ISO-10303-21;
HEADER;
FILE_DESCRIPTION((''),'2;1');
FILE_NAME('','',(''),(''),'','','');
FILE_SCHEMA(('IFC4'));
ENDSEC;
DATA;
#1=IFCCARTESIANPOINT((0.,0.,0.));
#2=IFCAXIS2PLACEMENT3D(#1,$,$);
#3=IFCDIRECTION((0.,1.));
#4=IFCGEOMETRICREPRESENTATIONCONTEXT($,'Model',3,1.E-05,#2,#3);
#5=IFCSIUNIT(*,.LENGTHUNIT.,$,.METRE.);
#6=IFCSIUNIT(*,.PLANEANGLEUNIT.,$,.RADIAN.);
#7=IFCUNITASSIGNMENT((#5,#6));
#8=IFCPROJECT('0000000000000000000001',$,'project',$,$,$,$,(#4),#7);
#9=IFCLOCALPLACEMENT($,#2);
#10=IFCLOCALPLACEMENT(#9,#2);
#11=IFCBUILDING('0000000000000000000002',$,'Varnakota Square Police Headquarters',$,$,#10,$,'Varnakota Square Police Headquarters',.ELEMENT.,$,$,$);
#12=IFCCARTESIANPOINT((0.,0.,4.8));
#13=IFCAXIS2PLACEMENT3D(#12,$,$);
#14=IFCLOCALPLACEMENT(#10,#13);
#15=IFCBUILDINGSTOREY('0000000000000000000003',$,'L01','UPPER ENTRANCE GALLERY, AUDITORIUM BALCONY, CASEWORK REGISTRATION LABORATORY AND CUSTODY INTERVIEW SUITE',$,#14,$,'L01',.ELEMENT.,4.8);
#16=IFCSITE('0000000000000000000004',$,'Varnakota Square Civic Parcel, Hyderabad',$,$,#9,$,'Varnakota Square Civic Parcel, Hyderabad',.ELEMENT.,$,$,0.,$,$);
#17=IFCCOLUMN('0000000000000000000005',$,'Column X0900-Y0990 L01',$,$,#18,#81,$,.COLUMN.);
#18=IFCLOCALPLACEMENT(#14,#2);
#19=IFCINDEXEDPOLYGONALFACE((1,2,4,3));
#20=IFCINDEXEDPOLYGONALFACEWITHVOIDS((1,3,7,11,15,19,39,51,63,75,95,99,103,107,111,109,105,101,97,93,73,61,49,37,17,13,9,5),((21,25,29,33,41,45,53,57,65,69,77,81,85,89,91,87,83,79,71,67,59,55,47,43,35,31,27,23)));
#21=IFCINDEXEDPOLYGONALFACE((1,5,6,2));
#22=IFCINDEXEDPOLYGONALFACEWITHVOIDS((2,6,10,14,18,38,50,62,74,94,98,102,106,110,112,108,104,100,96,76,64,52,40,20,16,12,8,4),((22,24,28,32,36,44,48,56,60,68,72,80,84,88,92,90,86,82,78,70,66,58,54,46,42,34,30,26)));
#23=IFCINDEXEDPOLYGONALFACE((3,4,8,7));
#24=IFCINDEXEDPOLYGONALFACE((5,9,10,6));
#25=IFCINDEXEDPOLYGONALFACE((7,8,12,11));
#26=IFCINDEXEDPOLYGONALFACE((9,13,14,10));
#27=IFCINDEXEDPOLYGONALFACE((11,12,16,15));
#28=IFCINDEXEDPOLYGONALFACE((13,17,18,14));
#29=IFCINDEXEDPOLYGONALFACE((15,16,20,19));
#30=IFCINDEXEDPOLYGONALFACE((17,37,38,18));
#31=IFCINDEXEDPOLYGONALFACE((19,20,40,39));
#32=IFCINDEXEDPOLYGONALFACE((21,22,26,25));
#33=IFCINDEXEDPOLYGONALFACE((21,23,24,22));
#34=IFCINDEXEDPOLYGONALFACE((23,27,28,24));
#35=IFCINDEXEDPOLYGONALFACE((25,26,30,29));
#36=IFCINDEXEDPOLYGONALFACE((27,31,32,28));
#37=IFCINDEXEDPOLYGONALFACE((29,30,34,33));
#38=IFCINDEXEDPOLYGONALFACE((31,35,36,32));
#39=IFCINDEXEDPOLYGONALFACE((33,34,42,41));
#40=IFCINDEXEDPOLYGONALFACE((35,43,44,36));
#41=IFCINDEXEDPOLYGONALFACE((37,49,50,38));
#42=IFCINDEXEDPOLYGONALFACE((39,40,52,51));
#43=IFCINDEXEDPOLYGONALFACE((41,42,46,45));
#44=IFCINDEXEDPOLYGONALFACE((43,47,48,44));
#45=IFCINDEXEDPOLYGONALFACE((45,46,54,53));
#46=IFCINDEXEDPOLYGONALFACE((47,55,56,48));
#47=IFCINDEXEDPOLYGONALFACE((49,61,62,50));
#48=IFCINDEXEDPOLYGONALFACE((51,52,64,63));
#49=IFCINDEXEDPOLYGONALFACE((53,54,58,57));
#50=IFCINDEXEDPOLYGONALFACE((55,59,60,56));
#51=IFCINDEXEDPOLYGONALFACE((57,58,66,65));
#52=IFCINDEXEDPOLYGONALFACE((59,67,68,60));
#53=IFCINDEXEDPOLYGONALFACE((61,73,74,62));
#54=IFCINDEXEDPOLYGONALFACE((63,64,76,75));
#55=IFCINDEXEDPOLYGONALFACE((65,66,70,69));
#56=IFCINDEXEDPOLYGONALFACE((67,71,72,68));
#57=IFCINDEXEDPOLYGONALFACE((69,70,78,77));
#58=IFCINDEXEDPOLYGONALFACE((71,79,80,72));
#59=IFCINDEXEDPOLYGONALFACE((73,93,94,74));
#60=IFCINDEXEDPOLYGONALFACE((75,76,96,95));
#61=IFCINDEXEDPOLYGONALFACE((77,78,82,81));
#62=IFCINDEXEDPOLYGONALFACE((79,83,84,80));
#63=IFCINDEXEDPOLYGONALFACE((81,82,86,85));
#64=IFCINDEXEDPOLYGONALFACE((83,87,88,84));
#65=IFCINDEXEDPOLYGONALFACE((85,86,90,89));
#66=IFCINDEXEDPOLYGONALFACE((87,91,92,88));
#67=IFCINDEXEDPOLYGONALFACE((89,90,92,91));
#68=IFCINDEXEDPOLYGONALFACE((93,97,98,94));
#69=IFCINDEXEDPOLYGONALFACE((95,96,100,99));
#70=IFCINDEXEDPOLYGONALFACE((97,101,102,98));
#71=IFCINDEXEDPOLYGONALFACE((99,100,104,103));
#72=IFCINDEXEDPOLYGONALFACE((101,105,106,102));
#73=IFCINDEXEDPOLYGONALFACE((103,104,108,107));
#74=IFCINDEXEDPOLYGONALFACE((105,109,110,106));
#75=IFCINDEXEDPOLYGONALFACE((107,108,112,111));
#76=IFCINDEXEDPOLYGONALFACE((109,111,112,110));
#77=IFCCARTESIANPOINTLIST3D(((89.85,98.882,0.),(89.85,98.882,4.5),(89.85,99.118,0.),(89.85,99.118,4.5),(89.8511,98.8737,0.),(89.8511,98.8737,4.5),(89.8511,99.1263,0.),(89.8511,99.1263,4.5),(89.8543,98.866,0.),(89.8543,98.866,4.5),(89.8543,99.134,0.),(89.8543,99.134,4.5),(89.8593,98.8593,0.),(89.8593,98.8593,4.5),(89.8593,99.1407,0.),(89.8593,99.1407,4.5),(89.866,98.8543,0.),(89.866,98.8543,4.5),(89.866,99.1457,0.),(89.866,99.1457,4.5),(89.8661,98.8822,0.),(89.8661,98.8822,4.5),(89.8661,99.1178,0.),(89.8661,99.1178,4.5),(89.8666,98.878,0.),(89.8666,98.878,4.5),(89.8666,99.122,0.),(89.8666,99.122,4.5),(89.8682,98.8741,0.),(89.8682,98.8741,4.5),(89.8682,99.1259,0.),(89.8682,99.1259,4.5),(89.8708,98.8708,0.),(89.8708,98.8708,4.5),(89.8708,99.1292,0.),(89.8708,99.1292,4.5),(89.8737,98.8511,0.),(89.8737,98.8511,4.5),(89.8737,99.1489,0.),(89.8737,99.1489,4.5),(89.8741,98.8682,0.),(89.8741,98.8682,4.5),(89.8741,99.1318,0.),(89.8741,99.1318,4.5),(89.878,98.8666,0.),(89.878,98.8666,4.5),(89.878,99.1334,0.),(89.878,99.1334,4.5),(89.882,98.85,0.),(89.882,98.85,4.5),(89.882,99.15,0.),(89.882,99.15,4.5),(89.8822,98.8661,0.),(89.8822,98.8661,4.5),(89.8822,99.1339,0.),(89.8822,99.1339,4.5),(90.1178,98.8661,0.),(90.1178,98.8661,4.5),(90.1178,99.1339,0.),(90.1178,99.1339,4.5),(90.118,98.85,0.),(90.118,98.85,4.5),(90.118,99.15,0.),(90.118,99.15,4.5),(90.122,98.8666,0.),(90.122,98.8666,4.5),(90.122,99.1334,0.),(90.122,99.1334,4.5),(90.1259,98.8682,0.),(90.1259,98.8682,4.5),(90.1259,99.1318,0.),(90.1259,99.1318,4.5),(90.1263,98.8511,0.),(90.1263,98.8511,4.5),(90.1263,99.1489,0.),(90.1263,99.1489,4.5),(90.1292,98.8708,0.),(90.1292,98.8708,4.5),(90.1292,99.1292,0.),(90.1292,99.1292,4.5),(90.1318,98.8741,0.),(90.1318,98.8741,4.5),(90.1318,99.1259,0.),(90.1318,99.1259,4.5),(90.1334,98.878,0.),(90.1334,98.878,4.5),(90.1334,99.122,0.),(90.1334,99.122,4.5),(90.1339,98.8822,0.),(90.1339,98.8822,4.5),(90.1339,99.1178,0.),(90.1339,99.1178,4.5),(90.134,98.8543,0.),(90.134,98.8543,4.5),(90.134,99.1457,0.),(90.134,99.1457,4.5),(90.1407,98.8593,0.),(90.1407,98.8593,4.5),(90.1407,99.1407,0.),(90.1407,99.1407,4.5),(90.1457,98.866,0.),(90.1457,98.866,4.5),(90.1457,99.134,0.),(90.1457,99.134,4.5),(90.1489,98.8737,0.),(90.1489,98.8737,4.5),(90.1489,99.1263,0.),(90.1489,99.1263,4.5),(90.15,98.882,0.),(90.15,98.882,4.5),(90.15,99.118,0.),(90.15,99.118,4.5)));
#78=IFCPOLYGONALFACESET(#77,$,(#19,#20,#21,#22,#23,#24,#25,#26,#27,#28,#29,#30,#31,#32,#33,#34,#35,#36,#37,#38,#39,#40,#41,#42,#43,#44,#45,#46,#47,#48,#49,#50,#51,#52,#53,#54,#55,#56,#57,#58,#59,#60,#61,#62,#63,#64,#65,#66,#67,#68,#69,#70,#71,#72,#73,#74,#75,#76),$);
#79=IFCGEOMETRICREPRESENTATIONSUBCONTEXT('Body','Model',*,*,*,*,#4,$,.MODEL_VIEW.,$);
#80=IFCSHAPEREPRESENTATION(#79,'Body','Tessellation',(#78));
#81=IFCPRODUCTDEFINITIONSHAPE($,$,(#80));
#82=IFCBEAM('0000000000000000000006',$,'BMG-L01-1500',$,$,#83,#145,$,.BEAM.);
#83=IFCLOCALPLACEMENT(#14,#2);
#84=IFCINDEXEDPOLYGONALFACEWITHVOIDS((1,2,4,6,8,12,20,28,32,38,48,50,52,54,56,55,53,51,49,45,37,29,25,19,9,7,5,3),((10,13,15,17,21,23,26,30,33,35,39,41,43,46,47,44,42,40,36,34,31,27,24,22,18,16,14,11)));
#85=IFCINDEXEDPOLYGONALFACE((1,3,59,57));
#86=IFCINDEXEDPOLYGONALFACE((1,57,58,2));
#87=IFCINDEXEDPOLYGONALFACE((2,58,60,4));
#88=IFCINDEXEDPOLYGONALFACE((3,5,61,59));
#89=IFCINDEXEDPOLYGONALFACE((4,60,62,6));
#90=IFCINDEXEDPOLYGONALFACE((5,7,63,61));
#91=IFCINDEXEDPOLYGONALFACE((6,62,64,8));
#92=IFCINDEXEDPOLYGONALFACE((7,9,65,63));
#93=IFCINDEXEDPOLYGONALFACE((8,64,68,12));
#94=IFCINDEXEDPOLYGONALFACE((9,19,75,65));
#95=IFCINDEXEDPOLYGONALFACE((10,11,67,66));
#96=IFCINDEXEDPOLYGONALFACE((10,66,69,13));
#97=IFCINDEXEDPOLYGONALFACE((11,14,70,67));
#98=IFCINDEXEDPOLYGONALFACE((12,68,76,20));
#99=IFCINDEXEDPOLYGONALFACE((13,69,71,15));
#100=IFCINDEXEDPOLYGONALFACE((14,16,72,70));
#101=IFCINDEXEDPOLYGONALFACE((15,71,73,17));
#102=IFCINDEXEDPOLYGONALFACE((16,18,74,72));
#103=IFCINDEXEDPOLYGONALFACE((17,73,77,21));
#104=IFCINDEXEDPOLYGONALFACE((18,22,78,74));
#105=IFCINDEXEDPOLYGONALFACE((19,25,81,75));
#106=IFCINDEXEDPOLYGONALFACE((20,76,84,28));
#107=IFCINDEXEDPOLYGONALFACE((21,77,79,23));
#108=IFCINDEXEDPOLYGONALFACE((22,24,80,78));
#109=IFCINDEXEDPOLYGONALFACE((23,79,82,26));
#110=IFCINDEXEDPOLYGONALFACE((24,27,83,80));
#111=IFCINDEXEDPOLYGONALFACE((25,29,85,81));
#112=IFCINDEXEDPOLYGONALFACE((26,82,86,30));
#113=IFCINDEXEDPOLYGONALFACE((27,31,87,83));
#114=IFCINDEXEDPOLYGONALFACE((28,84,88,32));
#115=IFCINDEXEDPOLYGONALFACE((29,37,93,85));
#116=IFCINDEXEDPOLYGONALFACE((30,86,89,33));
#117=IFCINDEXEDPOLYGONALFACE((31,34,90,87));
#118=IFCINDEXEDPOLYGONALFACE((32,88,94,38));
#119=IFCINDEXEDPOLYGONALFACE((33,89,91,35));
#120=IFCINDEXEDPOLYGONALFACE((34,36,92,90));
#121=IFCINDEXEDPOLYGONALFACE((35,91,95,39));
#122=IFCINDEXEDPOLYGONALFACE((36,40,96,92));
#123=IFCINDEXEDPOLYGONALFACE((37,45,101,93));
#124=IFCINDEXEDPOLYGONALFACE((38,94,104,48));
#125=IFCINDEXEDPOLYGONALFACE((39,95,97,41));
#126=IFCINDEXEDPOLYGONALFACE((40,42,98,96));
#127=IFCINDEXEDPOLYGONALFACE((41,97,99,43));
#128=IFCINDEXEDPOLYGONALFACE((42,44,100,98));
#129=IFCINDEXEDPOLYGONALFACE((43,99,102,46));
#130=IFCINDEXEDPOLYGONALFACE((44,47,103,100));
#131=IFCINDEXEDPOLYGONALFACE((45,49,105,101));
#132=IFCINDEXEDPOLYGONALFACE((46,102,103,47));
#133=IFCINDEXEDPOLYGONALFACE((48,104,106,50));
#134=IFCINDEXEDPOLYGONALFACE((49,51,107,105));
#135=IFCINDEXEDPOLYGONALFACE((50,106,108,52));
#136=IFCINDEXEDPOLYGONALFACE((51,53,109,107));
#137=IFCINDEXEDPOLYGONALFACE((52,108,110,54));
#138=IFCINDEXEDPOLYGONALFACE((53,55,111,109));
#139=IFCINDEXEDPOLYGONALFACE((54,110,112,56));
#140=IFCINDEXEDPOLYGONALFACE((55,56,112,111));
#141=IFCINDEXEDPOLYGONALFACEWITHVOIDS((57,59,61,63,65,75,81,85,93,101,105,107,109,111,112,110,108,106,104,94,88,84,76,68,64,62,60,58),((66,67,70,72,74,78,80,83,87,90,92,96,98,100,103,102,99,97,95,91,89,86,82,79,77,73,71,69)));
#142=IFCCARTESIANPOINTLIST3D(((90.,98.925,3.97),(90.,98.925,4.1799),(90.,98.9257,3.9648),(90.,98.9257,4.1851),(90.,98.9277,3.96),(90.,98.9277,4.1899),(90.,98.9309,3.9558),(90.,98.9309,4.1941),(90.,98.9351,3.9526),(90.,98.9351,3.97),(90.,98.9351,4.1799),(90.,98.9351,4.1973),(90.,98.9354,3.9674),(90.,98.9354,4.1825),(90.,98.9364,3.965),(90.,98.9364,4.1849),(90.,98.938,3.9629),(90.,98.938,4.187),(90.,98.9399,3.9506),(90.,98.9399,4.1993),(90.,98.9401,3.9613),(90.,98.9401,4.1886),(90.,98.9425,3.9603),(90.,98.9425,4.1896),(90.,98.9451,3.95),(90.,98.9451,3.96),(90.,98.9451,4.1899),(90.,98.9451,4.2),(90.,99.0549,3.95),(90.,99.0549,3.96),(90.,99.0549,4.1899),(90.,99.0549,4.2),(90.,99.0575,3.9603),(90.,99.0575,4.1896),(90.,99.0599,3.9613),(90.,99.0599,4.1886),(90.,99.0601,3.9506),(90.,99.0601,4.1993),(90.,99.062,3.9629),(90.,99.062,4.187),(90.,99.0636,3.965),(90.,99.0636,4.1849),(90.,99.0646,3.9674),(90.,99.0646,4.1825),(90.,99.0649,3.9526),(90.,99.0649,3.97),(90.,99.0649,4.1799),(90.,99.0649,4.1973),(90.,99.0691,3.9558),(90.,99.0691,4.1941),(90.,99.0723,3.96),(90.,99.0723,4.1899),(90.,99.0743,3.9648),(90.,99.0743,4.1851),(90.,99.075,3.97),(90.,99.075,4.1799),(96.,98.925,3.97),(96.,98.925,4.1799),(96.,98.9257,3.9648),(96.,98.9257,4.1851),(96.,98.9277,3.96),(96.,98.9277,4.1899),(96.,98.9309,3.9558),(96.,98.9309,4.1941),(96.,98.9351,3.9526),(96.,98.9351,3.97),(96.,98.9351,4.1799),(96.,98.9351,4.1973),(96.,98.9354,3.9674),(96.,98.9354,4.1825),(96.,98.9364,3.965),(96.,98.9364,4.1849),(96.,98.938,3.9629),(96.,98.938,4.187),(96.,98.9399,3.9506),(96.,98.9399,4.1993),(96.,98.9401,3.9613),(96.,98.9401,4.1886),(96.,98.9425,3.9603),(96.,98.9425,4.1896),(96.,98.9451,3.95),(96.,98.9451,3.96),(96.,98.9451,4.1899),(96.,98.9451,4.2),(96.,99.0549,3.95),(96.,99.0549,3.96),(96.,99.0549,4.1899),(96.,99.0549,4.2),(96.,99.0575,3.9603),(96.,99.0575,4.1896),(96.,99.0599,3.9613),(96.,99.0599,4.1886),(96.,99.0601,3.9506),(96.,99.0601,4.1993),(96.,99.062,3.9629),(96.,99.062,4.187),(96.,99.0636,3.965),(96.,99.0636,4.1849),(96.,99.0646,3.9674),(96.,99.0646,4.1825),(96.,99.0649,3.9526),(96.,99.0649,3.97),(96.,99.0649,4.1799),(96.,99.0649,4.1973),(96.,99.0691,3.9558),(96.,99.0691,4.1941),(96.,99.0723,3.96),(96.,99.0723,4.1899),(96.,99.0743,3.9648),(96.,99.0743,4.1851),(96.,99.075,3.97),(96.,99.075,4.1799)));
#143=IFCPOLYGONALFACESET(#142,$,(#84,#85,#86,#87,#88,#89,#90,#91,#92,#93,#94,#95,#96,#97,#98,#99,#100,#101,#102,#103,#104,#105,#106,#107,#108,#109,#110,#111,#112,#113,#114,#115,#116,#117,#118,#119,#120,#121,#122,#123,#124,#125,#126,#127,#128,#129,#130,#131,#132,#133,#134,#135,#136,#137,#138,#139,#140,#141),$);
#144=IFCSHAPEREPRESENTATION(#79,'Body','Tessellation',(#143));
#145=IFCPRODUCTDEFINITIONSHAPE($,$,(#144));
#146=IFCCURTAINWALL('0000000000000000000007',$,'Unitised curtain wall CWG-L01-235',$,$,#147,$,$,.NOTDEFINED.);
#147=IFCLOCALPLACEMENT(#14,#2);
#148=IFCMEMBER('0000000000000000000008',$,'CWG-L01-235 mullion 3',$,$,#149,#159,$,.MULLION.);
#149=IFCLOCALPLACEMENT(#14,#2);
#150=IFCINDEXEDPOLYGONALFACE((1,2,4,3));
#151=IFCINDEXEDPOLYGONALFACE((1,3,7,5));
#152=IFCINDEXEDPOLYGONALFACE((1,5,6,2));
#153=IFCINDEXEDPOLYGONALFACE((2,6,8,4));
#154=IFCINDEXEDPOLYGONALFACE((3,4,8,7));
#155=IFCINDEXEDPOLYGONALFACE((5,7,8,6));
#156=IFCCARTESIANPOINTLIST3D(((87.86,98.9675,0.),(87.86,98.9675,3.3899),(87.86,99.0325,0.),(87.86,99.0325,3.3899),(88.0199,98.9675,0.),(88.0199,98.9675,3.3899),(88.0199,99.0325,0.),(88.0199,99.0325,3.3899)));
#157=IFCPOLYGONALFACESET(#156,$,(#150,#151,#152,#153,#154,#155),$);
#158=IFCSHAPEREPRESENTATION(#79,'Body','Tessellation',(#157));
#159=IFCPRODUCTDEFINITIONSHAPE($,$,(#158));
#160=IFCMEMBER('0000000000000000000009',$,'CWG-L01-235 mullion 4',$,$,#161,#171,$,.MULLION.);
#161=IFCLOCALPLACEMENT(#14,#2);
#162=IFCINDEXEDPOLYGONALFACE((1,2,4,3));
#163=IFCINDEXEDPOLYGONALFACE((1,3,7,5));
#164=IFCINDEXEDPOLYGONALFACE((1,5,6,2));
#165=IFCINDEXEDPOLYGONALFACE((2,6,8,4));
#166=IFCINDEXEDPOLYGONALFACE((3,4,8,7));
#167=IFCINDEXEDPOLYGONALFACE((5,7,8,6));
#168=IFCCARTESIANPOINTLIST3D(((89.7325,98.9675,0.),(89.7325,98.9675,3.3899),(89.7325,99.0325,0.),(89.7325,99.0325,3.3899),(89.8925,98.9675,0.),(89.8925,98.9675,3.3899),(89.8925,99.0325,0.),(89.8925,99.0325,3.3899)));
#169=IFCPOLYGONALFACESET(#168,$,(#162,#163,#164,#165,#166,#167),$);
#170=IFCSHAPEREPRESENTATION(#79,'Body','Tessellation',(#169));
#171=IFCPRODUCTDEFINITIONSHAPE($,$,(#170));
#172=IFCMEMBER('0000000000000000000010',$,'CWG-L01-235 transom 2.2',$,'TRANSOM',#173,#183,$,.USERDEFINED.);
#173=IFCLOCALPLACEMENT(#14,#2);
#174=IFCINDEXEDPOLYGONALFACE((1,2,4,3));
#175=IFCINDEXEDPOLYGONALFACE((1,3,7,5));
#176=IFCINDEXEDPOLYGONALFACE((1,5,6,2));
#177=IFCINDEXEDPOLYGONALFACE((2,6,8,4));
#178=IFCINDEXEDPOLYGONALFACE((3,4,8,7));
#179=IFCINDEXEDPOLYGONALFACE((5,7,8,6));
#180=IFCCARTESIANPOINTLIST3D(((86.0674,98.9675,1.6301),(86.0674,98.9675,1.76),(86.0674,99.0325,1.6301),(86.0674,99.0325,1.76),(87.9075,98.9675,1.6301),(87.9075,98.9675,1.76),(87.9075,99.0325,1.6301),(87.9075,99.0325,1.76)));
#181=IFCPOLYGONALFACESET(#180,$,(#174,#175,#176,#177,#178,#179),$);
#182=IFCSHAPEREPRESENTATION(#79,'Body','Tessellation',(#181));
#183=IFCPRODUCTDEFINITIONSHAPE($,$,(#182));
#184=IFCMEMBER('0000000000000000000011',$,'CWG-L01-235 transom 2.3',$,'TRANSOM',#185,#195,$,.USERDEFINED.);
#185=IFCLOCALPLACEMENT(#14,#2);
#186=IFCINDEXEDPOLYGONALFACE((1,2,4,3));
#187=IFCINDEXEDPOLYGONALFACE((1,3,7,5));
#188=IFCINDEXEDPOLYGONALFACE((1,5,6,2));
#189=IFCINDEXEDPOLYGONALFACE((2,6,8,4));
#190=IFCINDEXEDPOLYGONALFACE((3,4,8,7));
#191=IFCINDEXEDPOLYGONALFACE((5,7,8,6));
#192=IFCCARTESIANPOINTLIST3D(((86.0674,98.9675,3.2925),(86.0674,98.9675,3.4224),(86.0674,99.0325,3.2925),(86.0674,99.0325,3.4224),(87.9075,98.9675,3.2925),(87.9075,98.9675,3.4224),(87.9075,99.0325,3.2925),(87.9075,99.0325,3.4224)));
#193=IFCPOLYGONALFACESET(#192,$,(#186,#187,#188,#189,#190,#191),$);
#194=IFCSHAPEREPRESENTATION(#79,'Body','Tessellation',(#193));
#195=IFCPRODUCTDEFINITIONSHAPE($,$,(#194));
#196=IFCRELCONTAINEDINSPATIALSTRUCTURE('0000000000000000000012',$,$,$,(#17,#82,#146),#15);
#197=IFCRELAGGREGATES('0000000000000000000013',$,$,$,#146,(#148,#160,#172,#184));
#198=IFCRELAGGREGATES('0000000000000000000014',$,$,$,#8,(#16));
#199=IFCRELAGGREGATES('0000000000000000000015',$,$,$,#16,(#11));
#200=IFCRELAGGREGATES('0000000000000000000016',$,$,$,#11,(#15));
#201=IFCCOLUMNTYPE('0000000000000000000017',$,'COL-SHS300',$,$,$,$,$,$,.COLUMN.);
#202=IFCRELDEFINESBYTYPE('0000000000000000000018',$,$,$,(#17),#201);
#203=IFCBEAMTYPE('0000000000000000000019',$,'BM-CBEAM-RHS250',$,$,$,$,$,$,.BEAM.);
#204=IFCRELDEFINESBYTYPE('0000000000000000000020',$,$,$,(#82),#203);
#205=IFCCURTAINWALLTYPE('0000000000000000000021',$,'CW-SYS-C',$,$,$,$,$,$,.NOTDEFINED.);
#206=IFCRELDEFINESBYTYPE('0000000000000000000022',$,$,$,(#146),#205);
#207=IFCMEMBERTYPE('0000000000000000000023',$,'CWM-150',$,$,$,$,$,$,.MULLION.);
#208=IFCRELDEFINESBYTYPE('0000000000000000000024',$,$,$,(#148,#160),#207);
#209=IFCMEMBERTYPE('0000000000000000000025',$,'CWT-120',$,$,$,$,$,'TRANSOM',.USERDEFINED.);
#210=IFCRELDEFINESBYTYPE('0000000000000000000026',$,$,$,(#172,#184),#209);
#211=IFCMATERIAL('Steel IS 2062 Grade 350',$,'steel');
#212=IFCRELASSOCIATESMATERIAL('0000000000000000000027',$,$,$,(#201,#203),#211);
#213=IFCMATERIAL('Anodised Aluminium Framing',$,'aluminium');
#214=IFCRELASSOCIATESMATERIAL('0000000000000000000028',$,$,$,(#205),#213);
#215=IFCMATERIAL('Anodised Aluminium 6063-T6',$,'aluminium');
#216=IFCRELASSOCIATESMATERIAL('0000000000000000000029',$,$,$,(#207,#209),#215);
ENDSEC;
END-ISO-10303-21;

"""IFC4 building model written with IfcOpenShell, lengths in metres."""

from ifc_helpers import new_model, si_unit, direction, frame, origin, origin_2d, place, context, subcontext, project, spatial, rectangle, hollow_rectangle, extrude, material, material_profile, profile_set, type_object, element, aggregate, save


model = new_model("IFC4")

# Units and contexts
model_context = context("Model", 3, precision=1e-05, world=origin(), true_north=direction((0.0, 1.0)))
body_context = subcontext(model_context, "Body", "Model", "MODEL_VIEW")
ifc_project = project(units=[si_unit("LENGTHUNIT", "METRE"), si_unit("PLANEANGLEUNIT", "RADIAN")], contexts=[model_context])

# Site, building, storey
site_placement = place(None, origin())
site = spatial("IfcSite", under=ifc_project, at=site_placement, Name="Varnakota Square Civic Parcel, Hyderabad", LongName="Varnakota Square Civic Parcel, Hyderabad", CompositionType="ELEMENT", RefElevation=0.0)
building_placement = place(site_placement, origin())
building = spatial("IfcBuilding", under=site, at=building_placement, Name="Varnakota Square Police Headquarters", LongName="Varnakota Square Police Headquarters", CompositionType="ELEMENT")
storey_placement = place(building_placement, frame((0.0, 0.0, 4.8)))
storey = spatial("IfcBuildingStorey", under=building, at=storey_placement, Name="L01", Description="UPPER ENTRANCE GALLERY, AUDITORIUM BALCONY, CASEWORK REGISTRATION LABORATORY AND CUSTODY INTERVIEW SUITE", LongName="L01", CompositionType="ELEMENT", Elevation=4.8)

# Column
ifc_material_1 = material(Name="Steel IS 2062 Grade 350", Category="steel")
ifc_material_profile_1 = material_profile(ifc_material_1, hollow_rectangle(XDim=0.3, YDim=0.3, WallThickness=0.0161, InnerFilletRadius=0.0161, OuterFilletRadius=0.032, at=origin_2d()), Name="SHS 300x300x16")
ifc_profile_set_1 = profile_set([ifc_material_profile_1], Name="Steel IS 2062 Grade 350")
column_type = type_object("IfcColumnType", Name="COL-SHS300", PredefinedType="COLUMN", material=ifc_profile_set_1)
column_placement = place(storey_placement, frame((90.0, 99.0, 0.0), z_axis=(0.0, 0.0, 1.0), x_axis=(1.0, 0.0, 0.0)))
element("IfcColumn", 1, at=column_placement, inside=storey, type_object=column_type, Name="Column X0900-Y0990 L01", PredefinedType="COLUMN", context=body_context, shape_type="SweptSolid", body=[
    extrude(hollow_rectangle(XDim=0.3, YDim=0.3, WallThickness=0.0161, InnerFilletRadius=0.0161, OuterFilletRadius=0.032, at=origin_2d()), origin(), (0.0, 0.0, 1.0), 4.5),
])

# Beam
ifc_material_profile_2 = material_profile(ifc_material_1, hollow_rectangle(XDim=0.1499, YDim=0.25, WallThickness=0.01, InnerFilletRadius=0.01, OuterFilletRadius=0.02, at=origin_2d()), Name="RHS 250x150x10")
ifc_profile_set_2 = profile_set([ifc_material_profile_2], Name="Steel IS 2062 Grade 350")
beam_type = type_object("IfcBeamType", Name="BM-CBEAM-RHS250", PredefinedType="BEAM", material=ifc_profile_set_2)
beam_placement = place(storey_placement, frame((90.0, 99.0, 4.075), z_axis=(1.0, 0.0, 0.0), x_axis=(0.0, 1.0, 0.0)))
element("IfcBeam", 2, at=beam_placement, inside=storey, type_object=beam_type, Name="BMG-L01-1500", PredefinedType="BEAM", context=body_context, shape_type="SweptSolid", body=[
    extrude(hollow_rectangle(XDim=0.1499, YDim=0.25, WallThickness=0.01, InnerFilletRadius=0.01, OuterFilletRadius=0.02, at=origin_2d()), origin(), (0.0, 0.0, 1.0), 6.0),
])

# Curtain wall, members
ifc_material_2 = material(Name="Anodised Aluminium Framing", Category="aluminium")
curtain_wall_type = type_object("IfcCurtainWallType", Name="CW-SYS-C", PredefinedType="NOTDEFINED", material=ifc_material_2)
curtain_wall_placement = place(storey_placement, origin())
curtain_wall = element("IfcCurtainWall", 3, at=curtain_wall_placement, inside=storey, type_object=curtain_wall_type, Name="Unitised curtain wall CWG-L01-235", PredefinedType="NOTDEFINED")
ifc_material_3 = material(Name="Anodised Aluminium 6063-T6", Category="aluminium")
ifc_material_profile_3 = material_profile(ifc_material_3, rectangle(XDim=0.0649, YDim=0.1599, at=origin_2d()), Name="ALU MULLION 65x160")
ifc_profile_set_3 = profile_set([ifc_material_profile_3], Name="Anodised Aluminium 6063-T6")
member_type_1 = type_object("IfcMemberType", Name="CWM-150", PredefinedType="MULLION", material=ifc_profile_set_3)
member_1_placement = place(storey_placement, frame((87.9399, 99.0, 0.0), z_axis=(0.0, 0.0, 1.0), x_axis=(0.0, 1.0, 0.0)))
member_1 = element("IfcMember", 4, at=member_1_placement, type_object=member_type_1, Name="CWG-L01-235 mullion 3", PredefinedType="MULLION", context=body_context, shape_type="SweptSolid", body=[
    extrude(rectangle(XDim=0.0649, YDim=0.1599, at=origin_2d()), origin(), (0.0, 0.0, 1.0), 3.3899),
])
member_2_placement = place(storey_placement, frame((89.8125, 99.0, 0.0), z_axis=(0.0, 0.0, 1.0), x_axis=(0.0, 1.0, 0.0)))
member_2 = element("IfcMember", 5, at=member_2_placement, type_object=member_type_1, Name="CWG-L01-235 mullion 4", PredefinedType="MULLION", context=body_context, shape_type="SweptSolid", body=[
    extrude(rectangle(XDim=0.0649, YDim=0.1599, at=origin_2d()), origin(), (0.0, 0.0, 1.0), 3.3899),
])
ifc_material_profile_4 = material_profile(ifc_material_3, rectangle(XDim=0.0649, YDim=0.1299, at=origin_2d()), Name="ALU TRANSOM 65x130")
ifc_profile_set_4 = profile_set([ifc_material_profile_4], Name="Anodised Aluminium 6063-T6")
member_type_2 = type_object("IfcMemberType", Name="CWT-120", ElementType="TRANSOM", PredefinedType="USERDEFINED", material=ifc_profile_set_4)
member_3_placement = place(storey_placement, frame((86.0674, 99.0, 1.6951), z_axis=(1.0, 0.0, 0.0), x_axis=(0.0, 1.0, 0.0)))
member_3 = element("IfcMember", 6, at=member_3_placement, type_object=member_type_2, Name="CWG-L01-235 transom 2.2", ObjectType="TRANSOM", PredefinedType="USERDEFINED", context=body_context, shape_type="SweptSolid", body=[
    extrude(rectangle(XDim=0.0649, YDim=0.1299, at=origin_2d()), origin(), (0.0, 0.0, 1.0), 1.8401),
])
member_4_placement = place(storey_placement, frame((86.0674, 99.0, 3.3574), z_axis=(1.0, 0.0, 0.0), x_axis=(0.0, 1.0, 0.0)))
member_4 = element("IfcMember", 7, at=member_4_placement, type_object=member_type_2, Name="CWG-L01-235 transom 2.3", ObjectType="TRANSOM", PredefinedType="USERDEFINED", context=body_context, shape_type="SweptSolid", body=[
    extrude(rectangle(XDim=0.0649, YDim=0.1299, at=origin_2d()), origin(), (0.0, 0.0, 1.0), 1.8401),
])
aggregate(curtain_wall, [member_1, member_2, member_3, member_4])

save(model, "model.ifc")
